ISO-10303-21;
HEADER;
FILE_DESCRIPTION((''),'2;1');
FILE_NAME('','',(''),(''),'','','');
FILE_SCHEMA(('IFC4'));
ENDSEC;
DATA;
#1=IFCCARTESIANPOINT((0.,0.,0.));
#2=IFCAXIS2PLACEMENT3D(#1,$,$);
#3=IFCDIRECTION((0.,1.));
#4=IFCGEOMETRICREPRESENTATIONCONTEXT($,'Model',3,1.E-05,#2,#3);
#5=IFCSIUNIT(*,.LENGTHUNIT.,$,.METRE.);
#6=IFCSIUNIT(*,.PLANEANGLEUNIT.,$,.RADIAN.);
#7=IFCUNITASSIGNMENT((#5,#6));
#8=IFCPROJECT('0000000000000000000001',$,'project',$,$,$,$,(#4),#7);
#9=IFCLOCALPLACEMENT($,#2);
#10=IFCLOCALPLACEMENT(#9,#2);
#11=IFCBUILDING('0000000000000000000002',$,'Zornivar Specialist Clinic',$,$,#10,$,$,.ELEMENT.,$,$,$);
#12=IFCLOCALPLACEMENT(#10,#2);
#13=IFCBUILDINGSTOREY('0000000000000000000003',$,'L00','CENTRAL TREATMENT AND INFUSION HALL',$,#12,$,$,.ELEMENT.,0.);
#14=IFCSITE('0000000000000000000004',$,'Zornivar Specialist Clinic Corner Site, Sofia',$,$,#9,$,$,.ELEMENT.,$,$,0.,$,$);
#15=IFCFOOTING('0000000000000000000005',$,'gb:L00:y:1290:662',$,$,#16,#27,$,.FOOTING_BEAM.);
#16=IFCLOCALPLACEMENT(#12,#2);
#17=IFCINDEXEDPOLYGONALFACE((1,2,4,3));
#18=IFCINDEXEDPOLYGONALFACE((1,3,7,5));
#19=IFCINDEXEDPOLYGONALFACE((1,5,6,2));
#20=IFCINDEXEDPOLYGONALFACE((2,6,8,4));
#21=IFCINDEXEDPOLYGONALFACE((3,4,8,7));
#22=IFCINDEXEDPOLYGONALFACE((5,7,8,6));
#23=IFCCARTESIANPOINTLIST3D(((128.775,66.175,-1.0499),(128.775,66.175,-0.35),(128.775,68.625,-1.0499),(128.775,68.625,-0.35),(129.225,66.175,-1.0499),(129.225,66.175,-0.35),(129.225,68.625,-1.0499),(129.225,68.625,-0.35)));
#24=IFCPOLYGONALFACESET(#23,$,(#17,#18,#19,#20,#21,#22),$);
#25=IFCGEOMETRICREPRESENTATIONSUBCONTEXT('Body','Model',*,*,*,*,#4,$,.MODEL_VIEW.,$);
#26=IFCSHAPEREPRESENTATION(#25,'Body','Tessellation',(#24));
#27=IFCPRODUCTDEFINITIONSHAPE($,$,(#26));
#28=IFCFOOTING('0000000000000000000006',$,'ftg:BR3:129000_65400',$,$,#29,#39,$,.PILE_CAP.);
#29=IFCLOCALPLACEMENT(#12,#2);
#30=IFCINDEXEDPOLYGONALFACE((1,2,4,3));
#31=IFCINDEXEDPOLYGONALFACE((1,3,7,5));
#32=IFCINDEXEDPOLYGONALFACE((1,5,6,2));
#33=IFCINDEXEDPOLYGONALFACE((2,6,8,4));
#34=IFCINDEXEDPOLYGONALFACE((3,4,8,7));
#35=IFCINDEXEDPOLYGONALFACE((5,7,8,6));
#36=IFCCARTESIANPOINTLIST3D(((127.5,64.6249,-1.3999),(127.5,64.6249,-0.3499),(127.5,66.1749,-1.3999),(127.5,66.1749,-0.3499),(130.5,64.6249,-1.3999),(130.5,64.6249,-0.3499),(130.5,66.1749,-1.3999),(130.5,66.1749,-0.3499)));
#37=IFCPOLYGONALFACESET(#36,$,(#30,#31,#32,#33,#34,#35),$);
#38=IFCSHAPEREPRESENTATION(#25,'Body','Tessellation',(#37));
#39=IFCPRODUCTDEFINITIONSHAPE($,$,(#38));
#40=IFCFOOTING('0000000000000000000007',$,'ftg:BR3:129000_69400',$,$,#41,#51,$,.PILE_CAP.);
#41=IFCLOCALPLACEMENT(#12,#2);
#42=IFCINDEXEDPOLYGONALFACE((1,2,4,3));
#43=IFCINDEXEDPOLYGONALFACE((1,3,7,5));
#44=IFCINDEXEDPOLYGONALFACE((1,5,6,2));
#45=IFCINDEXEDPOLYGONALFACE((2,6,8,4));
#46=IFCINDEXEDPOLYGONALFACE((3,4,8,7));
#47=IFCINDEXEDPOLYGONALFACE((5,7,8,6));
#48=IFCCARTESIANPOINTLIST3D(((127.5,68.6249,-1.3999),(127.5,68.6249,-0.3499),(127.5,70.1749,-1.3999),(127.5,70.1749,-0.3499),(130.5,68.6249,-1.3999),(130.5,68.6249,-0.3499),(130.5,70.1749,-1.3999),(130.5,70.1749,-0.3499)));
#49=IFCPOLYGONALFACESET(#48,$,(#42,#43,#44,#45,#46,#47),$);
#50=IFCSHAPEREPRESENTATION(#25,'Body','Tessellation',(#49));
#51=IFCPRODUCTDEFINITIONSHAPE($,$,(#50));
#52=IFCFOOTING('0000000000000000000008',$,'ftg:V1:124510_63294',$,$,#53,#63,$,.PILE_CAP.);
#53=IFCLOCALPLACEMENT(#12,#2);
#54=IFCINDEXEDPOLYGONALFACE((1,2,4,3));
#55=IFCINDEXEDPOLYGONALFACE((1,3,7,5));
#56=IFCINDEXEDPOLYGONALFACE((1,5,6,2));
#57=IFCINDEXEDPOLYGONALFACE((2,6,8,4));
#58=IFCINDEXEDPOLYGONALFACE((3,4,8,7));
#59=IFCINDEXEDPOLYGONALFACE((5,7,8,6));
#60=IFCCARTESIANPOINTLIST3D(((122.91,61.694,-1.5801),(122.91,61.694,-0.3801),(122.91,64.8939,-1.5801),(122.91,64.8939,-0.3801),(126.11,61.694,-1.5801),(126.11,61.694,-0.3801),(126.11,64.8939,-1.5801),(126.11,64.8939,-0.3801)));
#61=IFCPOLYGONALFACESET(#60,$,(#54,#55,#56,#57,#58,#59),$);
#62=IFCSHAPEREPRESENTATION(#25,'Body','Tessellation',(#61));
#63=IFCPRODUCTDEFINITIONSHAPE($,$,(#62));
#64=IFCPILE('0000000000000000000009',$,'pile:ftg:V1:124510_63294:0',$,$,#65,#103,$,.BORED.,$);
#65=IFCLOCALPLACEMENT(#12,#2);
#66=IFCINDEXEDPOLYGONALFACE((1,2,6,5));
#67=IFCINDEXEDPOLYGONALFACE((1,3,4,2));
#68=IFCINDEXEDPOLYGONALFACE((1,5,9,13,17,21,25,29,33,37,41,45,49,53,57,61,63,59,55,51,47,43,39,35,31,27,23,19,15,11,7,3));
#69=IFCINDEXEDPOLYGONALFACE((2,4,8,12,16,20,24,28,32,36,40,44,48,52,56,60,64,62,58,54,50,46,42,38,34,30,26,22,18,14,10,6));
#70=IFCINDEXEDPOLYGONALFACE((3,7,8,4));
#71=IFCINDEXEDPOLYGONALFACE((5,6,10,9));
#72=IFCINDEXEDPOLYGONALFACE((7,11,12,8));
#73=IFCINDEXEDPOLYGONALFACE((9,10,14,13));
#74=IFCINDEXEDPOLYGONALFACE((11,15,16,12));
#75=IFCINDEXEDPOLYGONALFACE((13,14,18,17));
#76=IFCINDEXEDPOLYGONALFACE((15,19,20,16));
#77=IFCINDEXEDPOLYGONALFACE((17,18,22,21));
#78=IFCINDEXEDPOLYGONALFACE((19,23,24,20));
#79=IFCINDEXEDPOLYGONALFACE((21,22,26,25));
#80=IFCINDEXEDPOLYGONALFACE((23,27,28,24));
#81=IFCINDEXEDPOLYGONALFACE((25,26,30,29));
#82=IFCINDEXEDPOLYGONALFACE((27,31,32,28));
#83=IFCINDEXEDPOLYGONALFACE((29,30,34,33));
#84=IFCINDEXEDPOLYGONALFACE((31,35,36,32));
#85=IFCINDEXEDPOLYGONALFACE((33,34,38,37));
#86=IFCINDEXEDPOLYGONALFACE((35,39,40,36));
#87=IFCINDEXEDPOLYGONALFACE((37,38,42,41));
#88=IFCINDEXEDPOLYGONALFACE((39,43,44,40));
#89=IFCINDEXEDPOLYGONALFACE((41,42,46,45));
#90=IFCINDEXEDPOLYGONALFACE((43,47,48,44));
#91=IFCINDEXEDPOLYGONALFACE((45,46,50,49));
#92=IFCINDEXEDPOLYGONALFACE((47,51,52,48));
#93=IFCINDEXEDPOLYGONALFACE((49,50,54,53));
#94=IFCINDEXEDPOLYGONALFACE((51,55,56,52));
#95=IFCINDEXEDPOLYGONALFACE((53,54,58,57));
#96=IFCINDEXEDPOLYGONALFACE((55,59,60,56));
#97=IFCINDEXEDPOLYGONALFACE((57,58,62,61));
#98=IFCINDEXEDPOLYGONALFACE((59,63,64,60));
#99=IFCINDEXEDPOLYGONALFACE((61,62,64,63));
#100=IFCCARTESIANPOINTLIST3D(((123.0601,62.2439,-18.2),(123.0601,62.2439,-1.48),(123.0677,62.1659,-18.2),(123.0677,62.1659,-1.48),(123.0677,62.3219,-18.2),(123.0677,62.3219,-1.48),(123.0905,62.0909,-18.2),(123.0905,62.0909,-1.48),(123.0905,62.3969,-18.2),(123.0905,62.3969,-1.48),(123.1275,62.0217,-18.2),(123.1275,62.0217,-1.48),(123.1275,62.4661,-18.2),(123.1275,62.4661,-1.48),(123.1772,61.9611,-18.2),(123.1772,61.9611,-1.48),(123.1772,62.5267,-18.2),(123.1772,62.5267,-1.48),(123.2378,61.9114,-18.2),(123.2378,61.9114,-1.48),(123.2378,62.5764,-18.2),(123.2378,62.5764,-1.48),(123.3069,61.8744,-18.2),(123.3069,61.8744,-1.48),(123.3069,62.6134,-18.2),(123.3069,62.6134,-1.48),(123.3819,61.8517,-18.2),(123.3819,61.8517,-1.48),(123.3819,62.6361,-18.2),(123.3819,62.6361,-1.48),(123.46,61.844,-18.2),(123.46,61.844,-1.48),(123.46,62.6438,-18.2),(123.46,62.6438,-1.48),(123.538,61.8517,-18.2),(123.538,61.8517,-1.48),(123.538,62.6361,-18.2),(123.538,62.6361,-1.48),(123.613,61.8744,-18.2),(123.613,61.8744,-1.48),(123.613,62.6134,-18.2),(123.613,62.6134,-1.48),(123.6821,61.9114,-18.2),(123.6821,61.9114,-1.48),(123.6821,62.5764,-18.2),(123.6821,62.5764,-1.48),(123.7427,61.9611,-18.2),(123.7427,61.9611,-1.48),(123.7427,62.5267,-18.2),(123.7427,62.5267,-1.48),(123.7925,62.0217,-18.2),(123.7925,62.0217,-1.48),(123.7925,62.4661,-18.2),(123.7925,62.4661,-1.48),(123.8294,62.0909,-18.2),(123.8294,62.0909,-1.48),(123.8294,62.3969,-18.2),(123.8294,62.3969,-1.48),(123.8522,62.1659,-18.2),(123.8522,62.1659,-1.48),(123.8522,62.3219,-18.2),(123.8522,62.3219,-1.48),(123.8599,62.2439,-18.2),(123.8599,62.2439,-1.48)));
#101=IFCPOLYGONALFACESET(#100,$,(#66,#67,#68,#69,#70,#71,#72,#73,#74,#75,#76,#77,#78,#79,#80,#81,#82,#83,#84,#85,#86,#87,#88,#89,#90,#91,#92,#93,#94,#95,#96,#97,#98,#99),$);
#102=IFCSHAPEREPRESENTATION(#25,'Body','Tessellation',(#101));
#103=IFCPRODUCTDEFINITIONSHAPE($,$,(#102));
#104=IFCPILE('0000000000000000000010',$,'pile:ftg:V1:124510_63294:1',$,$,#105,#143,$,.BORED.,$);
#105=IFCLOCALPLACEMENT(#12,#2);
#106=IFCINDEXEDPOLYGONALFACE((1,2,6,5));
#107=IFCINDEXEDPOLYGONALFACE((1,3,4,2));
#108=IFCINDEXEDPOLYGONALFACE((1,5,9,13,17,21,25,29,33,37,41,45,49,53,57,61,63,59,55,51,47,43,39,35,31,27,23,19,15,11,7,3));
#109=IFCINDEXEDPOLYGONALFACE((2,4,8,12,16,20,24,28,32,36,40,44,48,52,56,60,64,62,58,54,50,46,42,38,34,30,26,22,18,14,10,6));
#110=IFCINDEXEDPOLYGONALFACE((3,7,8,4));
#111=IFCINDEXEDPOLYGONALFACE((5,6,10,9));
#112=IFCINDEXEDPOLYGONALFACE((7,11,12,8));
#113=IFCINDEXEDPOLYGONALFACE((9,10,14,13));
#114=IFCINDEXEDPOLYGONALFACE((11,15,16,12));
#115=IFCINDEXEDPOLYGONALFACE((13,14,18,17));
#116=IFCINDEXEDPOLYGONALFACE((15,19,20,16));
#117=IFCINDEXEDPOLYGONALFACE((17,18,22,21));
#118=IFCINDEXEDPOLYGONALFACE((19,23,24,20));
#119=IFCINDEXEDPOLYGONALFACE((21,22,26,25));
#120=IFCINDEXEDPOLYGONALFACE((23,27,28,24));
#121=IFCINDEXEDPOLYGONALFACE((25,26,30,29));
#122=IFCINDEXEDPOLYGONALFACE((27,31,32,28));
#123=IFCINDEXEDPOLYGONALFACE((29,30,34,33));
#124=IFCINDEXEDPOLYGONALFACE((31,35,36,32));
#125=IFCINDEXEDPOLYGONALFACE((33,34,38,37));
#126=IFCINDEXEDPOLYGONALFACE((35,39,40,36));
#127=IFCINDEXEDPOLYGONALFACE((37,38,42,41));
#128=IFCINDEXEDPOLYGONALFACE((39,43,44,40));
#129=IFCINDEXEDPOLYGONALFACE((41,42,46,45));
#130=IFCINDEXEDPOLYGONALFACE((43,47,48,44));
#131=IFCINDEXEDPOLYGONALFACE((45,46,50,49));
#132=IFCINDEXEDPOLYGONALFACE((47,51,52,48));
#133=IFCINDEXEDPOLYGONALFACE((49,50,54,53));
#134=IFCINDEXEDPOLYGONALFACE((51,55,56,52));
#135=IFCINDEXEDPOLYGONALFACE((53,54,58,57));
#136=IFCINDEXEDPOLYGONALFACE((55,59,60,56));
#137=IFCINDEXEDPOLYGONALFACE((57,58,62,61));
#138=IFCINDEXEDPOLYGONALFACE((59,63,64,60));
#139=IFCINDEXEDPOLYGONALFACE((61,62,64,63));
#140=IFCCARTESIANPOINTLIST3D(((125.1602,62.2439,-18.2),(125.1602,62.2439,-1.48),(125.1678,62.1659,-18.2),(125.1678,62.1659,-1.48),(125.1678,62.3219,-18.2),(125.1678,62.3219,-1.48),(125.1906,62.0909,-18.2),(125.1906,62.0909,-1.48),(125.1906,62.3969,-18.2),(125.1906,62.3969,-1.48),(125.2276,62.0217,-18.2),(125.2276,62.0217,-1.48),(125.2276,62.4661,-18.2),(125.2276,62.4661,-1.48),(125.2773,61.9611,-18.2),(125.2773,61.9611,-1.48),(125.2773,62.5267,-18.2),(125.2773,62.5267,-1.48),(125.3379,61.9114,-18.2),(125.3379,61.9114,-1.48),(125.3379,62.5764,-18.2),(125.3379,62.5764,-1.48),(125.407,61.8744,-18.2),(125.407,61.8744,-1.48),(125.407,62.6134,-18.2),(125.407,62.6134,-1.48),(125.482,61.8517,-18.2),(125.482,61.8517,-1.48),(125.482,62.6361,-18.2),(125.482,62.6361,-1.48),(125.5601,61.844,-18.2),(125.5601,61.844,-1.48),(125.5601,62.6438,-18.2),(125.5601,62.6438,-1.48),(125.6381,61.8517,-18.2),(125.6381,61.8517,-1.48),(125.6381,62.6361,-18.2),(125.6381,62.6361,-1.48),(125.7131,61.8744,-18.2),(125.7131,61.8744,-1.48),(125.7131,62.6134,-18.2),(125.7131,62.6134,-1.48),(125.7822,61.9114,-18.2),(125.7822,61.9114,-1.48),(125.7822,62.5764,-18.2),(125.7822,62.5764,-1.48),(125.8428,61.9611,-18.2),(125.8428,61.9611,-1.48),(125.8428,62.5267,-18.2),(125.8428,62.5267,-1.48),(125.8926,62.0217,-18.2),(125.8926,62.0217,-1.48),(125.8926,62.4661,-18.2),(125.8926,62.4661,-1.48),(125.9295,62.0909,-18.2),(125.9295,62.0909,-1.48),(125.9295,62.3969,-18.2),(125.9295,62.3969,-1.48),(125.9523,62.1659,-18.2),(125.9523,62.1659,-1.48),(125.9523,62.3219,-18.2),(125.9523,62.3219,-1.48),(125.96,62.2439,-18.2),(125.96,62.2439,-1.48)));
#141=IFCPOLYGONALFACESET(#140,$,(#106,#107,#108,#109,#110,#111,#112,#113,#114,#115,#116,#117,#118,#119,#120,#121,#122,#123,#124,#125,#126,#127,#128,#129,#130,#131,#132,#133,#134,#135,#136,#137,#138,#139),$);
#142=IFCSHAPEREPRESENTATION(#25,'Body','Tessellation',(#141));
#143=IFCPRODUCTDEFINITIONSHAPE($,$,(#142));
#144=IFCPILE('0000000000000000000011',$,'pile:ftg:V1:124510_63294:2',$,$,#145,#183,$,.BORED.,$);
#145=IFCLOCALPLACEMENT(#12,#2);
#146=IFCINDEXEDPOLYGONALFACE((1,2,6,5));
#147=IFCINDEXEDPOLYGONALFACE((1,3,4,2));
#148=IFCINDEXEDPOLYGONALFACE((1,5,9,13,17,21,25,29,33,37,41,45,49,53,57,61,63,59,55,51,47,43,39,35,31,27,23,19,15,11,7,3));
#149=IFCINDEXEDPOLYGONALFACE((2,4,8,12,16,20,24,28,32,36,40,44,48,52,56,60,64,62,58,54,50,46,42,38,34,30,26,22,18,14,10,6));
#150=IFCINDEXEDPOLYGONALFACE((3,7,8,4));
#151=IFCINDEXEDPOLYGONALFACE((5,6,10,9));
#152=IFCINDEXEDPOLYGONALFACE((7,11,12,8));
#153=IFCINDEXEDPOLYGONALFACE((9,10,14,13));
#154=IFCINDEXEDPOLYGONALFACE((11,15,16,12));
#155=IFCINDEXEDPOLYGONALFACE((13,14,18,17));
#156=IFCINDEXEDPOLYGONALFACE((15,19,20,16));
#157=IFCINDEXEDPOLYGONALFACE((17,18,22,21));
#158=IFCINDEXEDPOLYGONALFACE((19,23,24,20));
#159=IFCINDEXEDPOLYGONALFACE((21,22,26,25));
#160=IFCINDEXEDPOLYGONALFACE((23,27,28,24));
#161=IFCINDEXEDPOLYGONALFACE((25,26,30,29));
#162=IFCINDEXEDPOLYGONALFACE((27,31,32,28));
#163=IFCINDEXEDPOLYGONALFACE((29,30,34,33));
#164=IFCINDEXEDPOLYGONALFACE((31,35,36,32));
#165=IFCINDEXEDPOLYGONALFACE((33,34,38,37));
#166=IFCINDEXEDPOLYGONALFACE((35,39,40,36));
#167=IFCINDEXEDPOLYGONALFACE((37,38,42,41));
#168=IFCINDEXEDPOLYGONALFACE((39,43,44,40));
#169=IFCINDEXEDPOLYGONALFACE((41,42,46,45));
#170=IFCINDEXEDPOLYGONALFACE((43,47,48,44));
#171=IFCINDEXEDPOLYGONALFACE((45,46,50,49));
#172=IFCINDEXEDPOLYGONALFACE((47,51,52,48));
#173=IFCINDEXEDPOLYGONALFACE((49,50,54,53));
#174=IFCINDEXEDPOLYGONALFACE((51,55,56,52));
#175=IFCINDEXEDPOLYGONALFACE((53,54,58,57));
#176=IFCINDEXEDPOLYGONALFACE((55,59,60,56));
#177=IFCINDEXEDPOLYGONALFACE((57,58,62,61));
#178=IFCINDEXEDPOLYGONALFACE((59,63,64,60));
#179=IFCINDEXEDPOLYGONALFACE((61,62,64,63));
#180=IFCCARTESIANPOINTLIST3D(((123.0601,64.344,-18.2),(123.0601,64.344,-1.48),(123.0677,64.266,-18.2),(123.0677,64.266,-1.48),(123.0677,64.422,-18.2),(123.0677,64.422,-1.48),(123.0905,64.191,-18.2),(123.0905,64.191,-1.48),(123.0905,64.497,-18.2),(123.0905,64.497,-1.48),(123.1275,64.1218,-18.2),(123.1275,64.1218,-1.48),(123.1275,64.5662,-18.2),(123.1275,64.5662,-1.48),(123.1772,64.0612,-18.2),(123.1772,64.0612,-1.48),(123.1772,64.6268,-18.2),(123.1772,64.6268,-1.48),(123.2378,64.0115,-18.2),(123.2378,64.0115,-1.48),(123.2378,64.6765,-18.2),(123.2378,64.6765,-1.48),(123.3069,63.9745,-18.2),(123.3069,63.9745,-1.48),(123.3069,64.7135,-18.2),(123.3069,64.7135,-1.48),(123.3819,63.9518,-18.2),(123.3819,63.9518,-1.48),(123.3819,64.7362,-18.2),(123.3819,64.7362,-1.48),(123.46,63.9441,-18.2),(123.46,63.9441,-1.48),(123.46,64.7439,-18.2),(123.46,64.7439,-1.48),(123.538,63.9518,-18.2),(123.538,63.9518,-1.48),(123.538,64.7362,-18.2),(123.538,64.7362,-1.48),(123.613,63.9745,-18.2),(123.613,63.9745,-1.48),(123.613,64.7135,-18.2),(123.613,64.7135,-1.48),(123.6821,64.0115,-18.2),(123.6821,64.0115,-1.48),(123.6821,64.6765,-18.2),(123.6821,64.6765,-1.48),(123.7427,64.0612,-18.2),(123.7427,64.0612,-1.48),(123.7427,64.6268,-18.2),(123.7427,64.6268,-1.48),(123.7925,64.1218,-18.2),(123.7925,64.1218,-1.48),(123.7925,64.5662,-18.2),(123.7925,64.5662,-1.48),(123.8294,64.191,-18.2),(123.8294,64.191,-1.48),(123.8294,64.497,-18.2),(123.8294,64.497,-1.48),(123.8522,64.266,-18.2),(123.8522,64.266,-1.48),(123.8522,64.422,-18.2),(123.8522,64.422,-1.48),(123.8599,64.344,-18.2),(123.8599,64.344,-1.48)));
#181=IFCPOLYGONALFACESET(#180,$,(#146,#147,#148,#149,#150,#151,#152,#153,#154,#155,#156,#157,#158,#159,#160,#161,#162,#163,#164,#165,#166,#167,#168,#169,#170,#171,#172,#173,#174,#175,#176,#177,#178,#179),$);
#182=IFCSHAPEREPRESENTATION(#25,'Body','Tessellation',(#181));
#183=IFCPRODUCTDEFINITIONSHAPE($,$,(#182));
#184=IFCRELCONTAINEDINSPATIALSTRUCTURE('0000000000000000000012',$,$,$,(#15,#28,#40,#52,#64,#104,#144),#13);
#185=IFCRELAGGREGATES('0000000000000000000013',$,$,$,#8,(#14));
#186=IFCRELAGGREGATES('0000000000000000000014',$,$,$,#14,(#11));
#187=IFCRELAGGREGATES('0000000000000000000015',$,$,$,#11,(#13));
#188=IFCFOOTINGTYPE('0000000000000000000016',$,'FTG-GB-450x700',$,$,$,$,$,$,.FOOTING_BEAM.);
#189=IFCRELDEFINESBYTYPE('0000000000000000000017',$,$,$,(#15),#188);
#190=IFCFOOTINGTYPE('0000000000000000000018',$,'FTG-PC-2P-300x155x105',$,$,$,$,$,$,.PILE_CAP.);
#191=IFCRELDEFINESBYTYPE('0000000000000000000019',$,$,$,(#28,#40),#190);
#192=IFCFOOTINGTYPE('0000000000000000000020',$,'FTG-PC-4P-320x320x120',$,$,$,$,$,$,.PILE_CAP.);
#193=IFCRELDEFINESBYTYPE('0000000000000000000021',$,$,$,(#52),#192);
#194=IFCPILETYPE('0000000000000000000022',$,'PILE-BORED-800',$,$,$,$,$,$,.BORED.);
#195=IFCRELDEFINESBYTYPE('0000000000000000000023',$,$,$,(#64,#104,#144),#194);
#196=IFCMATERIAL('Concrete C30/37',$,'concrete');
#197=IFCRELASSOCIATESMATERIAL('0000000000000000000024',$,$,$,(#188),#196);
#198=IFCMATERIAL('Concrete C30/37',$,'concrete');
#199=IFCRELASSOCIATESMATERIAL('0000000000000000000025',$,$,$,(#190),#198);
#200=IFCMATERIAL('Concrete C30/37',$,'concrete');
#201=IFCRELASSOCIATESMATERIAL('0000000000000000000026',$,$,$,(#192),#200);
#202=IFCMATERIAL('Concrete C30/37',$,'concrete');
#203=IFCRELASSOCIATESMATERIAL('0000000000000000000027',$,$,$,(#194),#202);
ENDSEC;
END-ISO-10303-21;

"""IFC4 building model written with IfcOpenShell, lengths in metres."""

from ifc_helpers import new_model, si_unit, direction, frame, origin, origin_2d, place, context, subcontext, project, spatial, rectangle, circle, extrude, material, material_profile, profile_set, type_object, element, save


model = new_model("IFC4")

# Units and contexts
model_context = context("Model", 3, precision=1e-05, world=origin(), true_north=direction((0.0, 1.0)))
body_context = subcontext(model_context, "Body", "Model", "MODEL_VIEW")
ifc_project = project(units=[si_unit("LENGTHUNIT", "METRE"), si_unit("PLANEANGLEUNIT", "RADIAN")], contexts=[model_context])

# Site, building, storey
site_placement = place(None, origin())
site = spatial("IfcSite", under=ifc_project, at=site_placement, Name="Zornivar Specialist Clinic Corner Site, Sofia", CompositionType="ELEMENT", RefElevation=0.0)
building_placement = place(site_placement, origin())
building = spatial("IfcBuilding", under=site, at=building_placement, Name="Zornivar Specialist Clinic", CompositionType="ELEMENT")
storey_placement = place(building_placement, origin())
storey = spatial("IfcBuildingStorey", under=building, at=storey_placement, Name="L00", Description="CENTRAL TREATMENT AND INFUSION HALL", CompositionType="ELEMENT", Elevation=0.0)

# Footings
ifc_material_1 = material(Name="Concrete C30/37", Category="concrete")
ifc_material_profile_1 = material_profile(ifc_material_1, rectangle(XDim=0.45, YDim=0.7, at=origin_2d()), Name="RC 450x700")
ifc_profile_set_1 = profile_set([ifc_material_profile_1], Name="Concrete C30/37")
footing_type_1 = type_object("IfcFootingType", Name="FTG-GB-450x700", PredefinedType="FOOTING_BEAM", material=ifc_profile_set_1)
footing_1_placement = place(storey_placement, frame((129.0, 66.175, -0.7), z_axis=(0.0, 1.0, 0.0), x_axis=(-1.0, 0.0, 0.0)))
element("IfcFooting", 1, at=footing_1_placement, inside=storey, type_object=footing_type_1, Name="gb:L00:y:1290:662", PredefinedType="FOOTING_BEAM", context=body_context, shape_type="SweptSolid", body=[
    extrude(rectangle(XDim=0.45, YDim=0.7, at=origin_2d()), origin(), (0.0, 0.0, 1.0), 2.45),
])
ifc_material_2 = material(Name="Concrete C30/37", Category="concrete")
footing_type_2 = type_object("IfcFootingType", Name="FTG-PC-2P-300x155x105", PredefinedType="PILE_CAP", material=ifc_material_2)
for number, where, z_axis, x_axis, name in (
    (2, (129.0, 65.3999, -1.3999), (0.0, 0.0, 1.0), (1.0, 0.0, 0.0), "ftg:BR3:129000_65400"),
    (3, (129.0, 69.3999, -1.3999), (0.0, 0.0, 1.0), (1.0, 0.0, 0.0), "ftg:BR3:129000_69400"),
):
    element("IfcFooting", number, at=place(storey_placement, frame(where, z_axis=z_axis, x_axis=x_axis)), inside=storey, type_object=footing_type_2, Name=name, PredefinedType="PILE_CAP", context=body_context, shape_type="SweptSolid", body=[
        extrude(rectangle(XDim=3.0, YDim=1.55, at=origin_2d()), origin(), (0.0, 0.0, 1.0), 1.05),
    ])
ifc_material_3 = material(Name="Concrete C30/37", Category="concrete")
footing_type_3 = type_object("IfcFootingType", Name="FTG-PC-4P-320x320x120", PredefinedType="PILE_CAP", material=ifc_material_3)
footing_2_placement = place(storey_placement, frame((124.51, 63.2939, -1.5801), z_axis=(0.0, 0.0, 1.0), x_axis=(1.0, 0.0, 0.0)))
element("IfcFooting", 4, at=footing_2_placement, inside=storey, type_object=footing_type_3, Name="ftg:V1:124510_63294", PredefinedType="PILE_CAP", context=body_context, shape_type="SweptSolid", body=[
    extrude(rectangle(XDim=3.2, YDim=3.2, at=origin_2d()), origin(), (0.0, 0.0, 1.0), 1.2),
])

# Piles
ifc_material_4 = material(Name="Concrete C30/37", Category="concrete")
ifc_material_profile_2 = material_profile(ifc_material_4, circle(Radius=0.3999, at=origin_2d()), Name="PILE D800")
ifc_profile_set_2 = profile_set([ifc_material_profile_2], Name="Concrete C30/37")
pile_type = type_object("IfcPileType", Name="PILE-BORED-800", PredefinedType="BORED", material=ifc_profile_set_2)
for number, where, z_axis, x_axis, name in (
    (5, (123.46, 62.2439, -1.48), (0.0, 0.0, -1.0), (1.0, 0.0, 0.0), "pile:ftg:V1:124510_63294:0"),
    (6, (125.5601, 62.2439, -1.48), (0.0, 0.0, -1.0), (1.0, 0.0, 0.0), "pile:ftg:V1:124510_63294:1"),
    (7, (123.46, 64.344, -1.48), (0.0, 0.0, -1.0), (1.0, 0.0, 0.0), "pile:ftg:V1:124510_63294:2"),
):
    element("IfcPile", number, at=place(storey_placement, frame(where, z_axis=z_axis, x_axis=x_axis)), inside=storey, type_object=pile_type, Name=name, PredefinedType="BORED", context=body_context, shape_type="SweptSolid", body=[
        extrude(circle(Radius=0.3999, at=origin_2d()), origin(), (0.0, 0.0, 1.0), 16.72),
    ])

save(model, "model.ifc")
